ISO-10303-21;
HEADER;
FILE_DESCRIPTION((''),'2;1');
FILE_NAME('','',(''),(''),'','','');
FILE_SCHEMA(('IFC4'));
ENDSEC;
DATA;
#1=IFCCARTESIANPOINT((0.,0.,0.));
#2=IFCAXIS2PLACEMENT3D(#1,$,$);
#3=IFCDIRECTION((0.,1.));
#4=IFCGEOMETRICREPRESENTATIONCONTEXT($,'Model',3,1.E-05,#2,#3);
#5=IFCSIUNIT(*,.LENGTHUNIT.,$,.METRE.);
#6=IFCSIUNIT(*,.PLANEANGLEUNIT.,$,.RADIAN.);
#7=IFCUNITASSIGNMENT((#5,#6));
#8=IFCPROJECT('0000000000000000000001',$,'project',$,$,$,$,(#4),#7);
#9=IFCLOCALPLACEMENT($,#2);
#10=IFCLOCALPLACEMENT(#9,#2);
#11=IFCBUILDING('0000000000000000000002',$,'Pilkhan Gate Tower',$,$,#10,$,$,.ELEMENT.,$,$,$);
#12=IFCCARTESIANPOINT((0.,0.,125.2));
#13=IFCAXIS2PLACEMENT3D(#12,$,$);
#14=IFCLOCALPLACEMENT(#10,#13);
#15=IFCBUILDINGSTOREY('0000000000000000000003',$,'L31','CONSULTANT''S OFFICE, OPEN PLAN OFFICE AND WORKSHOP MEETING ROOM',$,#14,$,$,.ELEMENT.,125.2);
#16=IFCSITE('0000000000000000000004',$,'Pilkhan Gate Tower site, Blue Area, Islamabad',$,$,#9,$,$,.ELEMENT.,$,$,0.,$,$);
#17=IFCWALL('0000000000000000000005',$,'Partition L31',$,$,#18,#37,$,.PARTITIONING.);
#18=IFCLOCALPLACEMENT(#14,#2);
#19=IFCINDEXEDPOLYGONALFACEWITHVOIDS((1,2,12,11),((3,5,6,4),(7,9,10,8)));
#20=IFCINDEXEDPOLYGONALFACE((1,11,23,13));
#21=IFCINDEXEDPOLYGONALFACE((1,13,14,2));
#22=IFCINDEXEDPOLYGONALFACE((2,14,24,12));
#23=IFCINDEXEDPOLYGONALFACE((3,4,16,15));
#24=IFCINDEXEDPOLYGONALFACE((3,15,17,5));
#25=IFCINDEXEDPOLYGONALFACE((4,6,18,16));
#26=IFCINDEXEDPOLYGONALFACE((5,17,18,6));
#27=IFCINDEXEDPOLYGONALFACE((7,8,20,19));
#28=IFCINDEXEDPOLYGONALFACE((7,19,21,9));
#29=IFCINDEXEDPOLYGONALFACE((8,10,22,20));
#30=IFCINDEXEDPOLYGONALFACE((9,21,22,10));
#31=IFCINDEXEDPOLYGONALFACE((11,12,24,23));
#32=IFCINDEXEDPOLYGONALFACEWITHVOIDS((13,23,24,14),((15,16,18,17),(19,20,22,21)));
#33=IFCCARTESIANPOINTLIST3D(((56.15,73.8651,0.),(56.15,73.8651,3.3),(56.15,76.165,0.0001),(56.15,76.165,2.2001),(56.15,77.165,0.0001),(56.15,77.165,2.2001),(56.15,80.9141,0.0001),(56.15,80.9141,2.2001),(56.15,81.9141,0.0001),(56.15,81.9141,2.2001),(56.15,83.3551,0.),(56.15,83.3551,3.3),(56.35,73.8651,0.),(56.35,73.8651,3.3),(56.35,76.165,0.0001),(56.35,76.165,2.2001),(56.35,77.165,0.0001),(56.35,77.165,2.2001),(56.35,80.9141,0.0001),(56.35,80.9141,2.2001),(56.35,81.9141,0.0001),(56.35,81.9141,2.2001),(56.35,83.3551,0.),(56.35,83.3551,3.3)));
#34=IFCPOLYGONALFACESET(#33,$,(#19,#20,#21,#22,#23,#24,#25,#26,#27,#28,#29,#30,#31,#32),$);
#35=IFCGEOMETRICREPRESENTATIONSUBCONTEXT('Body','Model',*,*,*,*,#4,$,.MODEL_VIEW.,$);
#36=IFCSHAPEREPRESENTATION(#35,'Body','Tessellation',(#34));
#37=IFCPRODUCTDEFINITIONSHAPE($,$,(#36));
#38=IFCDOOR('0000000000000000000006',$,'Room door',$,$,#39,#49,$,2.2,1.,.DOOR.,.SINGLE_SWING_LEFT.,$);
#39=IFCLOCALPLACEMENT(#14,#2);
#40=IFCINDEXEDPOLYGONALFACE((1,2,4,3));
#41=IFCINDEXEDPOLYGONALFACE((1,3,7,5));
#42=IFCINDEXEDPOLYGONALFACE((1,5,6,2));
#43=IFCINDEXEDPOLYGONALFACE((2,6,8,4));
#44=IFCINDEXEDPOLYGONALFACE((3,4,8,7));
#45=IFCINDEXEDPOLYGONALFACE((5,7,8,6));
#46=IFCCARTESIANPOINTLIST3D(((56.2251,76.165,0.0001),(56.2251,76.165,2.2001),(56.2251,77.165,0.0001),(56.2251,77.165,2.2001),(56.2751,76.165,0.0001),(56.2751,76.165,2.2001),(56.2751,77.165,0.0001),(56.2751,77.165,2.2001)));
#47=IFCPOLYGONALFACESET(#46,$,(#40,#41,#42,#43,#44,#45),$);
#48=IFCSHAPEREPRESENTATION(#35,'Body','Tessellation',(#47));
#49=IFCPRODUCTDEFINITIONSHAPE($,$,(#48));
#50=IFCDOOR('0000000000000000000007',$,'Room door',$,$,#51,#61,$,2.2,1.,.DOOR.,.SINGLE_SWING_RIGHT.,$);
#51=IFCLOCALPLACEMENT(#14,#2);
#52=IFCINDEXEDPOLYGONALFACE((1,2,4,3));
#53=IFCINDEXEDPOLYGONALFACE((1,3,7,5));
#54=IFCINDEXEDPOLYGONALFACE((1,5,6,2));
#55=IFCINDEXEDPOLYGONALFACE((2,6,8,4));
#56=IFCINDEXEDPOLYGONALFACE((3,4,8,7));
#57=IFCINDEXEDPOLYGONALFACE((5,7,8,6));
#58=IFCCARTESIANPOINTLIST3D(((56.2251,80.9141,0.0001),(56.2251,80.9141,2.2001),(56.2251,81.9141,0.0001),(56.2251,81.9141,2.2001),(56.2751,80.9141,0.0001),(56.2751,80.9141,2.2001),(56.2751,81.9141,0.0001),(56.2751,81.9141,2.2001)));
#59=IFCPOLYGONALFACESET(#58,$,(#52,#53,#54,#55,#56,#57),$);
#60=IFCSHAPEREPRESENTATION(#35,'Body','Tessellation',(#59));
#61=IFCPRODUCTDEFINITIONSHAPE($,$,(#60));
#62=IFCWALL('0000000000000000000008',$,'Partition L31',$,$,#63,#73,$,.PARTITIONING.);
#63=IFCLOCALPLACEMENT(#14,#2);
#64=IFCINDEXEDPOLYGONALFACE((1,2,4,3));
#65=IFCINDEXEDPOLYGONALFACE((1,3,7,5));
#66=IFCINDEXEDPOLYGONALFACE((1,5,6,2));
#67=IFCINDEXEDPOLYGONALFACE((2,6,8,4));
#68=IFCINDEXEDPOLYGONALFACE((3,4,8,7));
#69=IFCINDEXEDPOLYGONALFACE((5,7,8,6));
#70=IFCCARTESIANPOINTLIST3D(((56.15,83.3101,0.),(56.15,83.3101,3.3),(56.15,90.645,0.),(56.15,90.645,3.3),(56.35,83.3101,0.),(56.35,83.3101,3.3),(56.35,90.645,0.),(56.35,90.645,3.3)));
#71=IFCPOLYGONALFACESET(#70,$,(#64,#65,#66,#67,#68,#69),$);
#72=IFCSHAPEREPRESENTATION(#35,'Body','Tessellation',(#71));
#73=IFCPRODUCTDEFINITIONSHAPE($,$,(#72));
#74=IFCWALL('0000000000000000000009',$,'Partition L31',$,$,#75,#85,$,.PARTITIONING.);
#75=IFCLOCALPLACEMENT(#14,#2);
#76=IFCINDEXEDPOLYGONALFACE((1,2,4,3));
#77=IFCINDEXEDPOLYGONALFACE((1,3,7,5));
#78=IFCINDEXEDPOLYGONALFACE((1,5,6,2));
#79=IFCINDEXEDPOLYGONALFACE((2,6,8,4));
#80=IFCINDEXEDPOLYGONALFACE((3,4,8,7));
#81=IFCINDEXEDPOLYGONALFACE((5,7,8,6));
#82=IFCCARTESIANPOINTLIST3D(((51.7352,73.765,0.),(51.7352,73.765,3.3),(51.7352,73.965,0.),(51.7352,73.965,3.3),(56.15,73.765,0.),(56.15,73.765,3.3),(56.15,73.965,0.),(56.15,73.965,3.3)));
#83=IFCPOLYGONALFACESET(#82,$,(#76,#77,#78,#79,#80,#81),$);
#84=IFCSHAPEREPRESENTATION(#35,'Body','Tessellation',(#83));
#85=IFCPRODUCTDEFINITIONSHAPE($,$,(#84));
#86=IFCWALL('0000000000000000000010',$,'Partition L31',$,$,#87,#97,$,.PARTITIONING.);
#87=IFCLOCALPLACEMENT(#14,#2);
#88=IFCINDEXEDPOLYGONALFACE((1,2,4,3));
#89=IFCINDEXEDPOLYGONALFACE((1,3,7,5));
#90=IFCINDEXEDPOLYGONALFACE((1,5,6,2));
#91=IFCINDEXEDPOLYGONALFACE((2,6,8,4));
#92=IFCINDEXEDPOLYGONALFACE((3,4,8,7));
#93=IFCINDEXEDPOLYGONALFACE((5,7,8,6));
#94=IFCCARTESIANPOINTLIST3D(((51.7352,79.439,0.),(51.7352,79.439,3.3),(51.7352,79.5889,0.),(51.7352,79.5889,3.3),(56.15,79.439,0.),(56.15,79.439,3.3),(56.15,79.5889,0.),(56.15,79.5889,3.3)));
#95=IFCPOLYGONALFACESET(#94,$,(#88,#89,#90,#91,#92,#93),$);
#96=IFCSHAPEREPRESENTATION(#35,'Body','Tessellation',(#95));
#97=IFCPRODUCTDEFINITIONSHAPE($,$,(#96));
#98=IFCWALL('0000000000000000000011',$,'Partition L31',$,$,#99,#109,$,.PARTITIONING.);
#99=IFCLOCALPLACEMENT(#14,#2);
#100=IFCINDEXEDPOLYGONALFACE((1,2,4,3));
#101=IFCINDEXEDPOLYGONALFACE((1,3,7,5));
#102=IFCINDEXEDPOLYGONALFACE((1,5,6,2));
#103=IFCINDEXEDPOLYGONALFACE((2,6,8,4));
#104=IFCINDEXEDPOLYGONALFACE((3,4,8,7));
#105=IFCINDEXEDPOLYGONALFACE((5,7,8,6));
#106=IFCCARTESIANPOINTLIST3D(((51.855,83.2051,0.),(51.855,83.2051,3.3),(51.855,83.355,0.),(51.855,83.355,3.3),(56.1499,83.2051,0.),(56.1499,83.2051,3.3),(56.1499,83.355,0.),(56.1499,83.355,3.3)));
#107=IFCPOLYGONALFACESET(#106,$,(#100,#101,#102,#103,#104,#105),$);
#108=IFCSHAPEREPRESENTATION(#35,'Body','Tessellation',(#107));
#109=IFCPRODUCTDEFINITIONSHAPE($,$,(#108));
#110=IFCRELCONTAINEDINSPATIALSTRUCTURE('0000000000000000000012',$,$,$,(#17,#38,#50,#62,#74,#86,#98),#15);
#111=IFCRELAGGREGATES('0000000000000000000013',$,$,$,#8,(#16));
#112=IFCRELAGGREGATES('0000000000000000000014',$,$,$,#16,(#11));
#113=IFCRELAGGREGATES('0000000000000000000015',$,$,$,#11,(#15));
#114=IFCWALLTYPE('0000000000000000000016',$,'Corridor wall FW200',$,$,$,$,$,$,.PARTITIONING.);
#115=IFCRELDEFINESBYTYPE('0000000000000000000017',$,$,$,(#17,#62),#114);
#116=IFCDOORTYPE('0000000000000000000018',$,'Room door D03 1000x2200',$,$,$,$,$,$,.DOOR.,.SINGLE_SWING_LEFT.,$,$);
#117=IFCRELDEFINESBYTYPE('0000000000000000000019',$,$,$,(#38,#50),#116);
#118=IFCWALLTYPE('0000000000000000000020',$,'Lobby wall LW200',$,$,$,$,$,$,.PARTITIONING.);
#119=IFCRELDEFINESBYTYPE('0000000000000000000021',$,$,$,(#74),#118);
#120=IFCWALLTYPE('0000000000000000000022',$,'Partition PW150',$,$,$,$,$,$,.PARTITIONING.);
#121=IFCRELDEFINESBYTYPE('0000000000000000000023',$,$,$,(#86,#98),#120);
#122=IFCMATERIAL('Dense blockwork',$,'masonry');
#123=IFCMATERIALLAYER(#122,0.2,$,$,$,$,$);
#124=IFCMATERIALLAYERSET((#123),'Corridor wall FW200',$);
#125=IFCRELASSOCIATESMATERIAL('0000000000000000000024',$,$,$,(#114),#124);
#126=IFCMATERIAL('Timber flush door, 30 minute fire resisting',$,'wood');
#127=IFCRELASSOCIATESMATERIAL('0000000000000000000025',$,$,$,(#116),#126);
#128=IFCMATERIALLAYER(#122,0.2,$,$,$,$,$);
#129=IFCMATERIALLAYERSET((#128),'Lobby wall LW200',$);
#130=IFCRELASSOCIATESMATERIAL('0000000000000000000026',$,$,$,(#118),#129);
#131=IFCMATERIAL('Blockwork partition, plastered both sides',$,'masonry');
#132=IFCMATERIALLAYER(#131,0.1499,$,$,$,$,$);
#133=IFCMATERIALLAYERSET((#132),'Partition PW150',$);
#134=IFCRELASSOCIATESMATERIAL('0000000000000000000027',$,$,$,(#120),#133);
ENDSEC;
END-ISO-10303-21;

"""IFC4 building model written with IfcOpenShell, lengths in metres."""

from ifc_helpers import new_model, si_unit, direction, frame, frame_2d, origin, place, context, subcontext, project, spatial, rectangle, extrude, material, layer, layer_set, type_object, element, fill, save


model = new_model("IFC4")

# Units and contexts
model_context = context("Model", 3, precision=1e-05, world=origin(), true_north=direction((0.0, 1.0)))
body_context = subcontext(model_context, "Body", "Model", "MODEL_VIEW")
ifc_project = project(units=[si_unit("LENGTHUNIT", "METRE"), si_unit("PLANEANGLEUNIT", "RADIAN")], contexts=[model_context])

# Site, building, storey
site_placement = place(None, origin())
site = spatial("IfcSite", under=ifc_project, at=site_placement, Name="Pilkhan Gate Tower site, Blue Area, Islamabad", CompositionType="ELEMENT", RefElevation=0.0)
building_placement = place(site_placement, origin())
building = spatial("IfcBuilding", under=site, at=building_placement, Name="Pilkhan Gate Tower", CompositionType="ELEMENT")
storey_placement = place(building_placement, frame((0.0, 0.0, 125.2)))
storey = spatial("IfcBuildingStorey", under=building, at=storey_placement, Name="L31", Description="CONSULTANT'S OFFICE, OPEN PLAN OFFICE AND WORKSHOP MEETING ROOM", CompositionType="ELEMENT", Elevation=125.2)

# Wall, openings, doors
ifc_material_1 = material(Name="Dense blockwork", Category="masonry")
ifc_layer_1 = layer(ifc_material_1, 0.2)
ifc_layer_set_1 = layer_set([ifc_layer_1], Name="Corridor wall FW200")
wall_type_1 = type_object("IfcWallType", Name="Corridor wall FW200", PredefinedType="PARTITIONING", material=ifc_layer_set_1)
wall_1_placement = place(storey_placement, frame((56.25, 73.865, 0.0), z_axis=(0.0, 0.0, 1.0), x_axis=(0.0, 1.0, 0.0)))
wall_1 = element("IfcWall", 1, at=wall_1_placement, inside=storey, type_object=wall_type_1, Name="Partition L31", PredefinedType="PARTITIONING", context=body_context, shape_type="SweptSolid", body=[
    extrude(rectangle(XDim=9.49, YDim=0.2, at=frame_2d((4.7451, 0.0))), origin(), (0.0, 0.0, 1.0), 3.3),
])
opening_1_placement = place(wall_1_placement, frame((2.3, 0.0, 0.0)))
opening_1 = element("IfcOpeningElement", 2, at=opening_1_placement, cuts=wall_1, PredefinedType="OPENING", context=body_context, shape_type="SweptSolid", body=[
    extrude(rectangle(XDim=1.0, YDim=2.2, at=frame_2d((0.5, 1.1001))), frame((0.0, 0.1099, 0.0), z_axis=(0.0, -1.0, 0.0), x_axis=(1.0, 0.0, 0.0)), (0.0, 0.0, 1.0), 0.22),
])
opening_2_placement = place(wall_1_placement, frame((7.0491, 0.0, 0.0)))
opening_2 = element("IfcOpeningElement", 3, at=opening_2_placement, cuts=wall_1, PredefinedType="OPENING", context=body_context, shape_type="SweptSolid", body=[
    extrude(rectangle(XDim=1.0, YDim=2.2, at=frame_2d((0.5, 1.1001))), frame((0.0, 0.1099, 0.0), z_axis=(0.0, -1.0, 0.0), x_axis=(1.0, 0.0, 0.0)), (0.0, 0.0, 1.0), 0.22),
])
ifc_material_2 = material(Name="Timber flush door, 30 minute fire resisting", Category="wood")
door_type = type_object("IfcDoorType", Name="Room door D03 1000x2200", OperationType="SINGLE_SWING_LEFT", PredefinedType="DOOR", material=ifc_material_2)
door_1_placement = place(opening_1_placement, origin())
door_1 = element("IfcDoor", 4, at=door_1_placement, inside=storey, type_object=door_type, Name="Room door", OperationType="SINGLE_SWING_LEFT", OverallHeight=2.2, OverallWidth=1.0, PredefinedType="DOOR", context=body_context, shape_type="SweptSolid", body=[
    extrude(rectangle(XDim=1.0, YDim=2.2, at=frame_2d((0.5, 1.1001))), frame((0.0, 0.0249, 0.0), z_axis=(0.0, -1.0, 0.0), x_axis=(1.0, 0.0, 0.0)), (0.0, 0.0, 1.0), 0.05),
])
fill(opening_1, door_1)
door_2_placement = place(opening_2_placement, origin())
door_2 = element("IfcDoor", 5, at=door_2_placement, inside=storey, type_object=door_type, Name="Room door", OperationType="SINGLE_SWING_RIGHT", OverallHeight=2.2, OverallWidth=1.0, PredefinedType="DOOR", context=body_context, shape_type="SweptSolid", body=[
    extrude(rectangle(XDim=1.0, YDim=2.2, at=frame_2d((0.5, 1.1001))), frame((0.0, 0.0249, 0.0), z_axis=(0.0, -1.0, 0.0), x_axis=(1.0, 0.0, 0.0)), (0.0, 0.0, 1.0), 0.05),
])
fill(opening_2, door_2)

# Walls
wall_2_placement = place(storey_placement, frame((56.25, 83.3101, 0.0), z_axis=(0.0, 0.0, 1.0), x_axis=(0.0, 1.0, 0.0)))
element("IfcWall", 6, at=wall_2_placement, inside=storey, type_object=wall_type_1, Name="Partition L31", PredefinedType="PARTITIONING", context=body_context, shape_type="SweptSolid", body=[
    extrude(rectangle(XDim=7.335, YDim=0.2, at=frame_2d((3.6675, 0.0))), origin(), (0.0, 0.0, 1.0), 3.3),
])
ifc_layer_2 = layer(ifc_material_1, 0.2)
ifc_layer_set_2 = layer_set([ifc_layer_2], Name="Lobby wall LW200")
wall_type_2 = type_object("IfcWallType", Name="Lobby wall LW200", PredefinedType="PARTITIONING", material=ifc_layer_set_2)
wall_3_placement = place(storey_placement, frame((51.7351, 73.865, 0.0), z_axis=(0.0, 0.0, 1.0), x_axis=(1.0, 0.0, 0.0)))
element("IfcWall", 7, at=wall_3_placement, inside=storey, type_object=wall_type_2, Name="Partition L31", PredefinedType="PARTITIONING", context=body_context, shape_type="SweptSolid", body=[
    extrude(rectangle(XDim=4.4148, YDim=0.2, at=frame_2d((2.2075, 0.0))), origin(), (0.0, 0.0, 1.0), 3.3),
])
ifc_material_3 = material(Name="Blockwork partition, plastered both sides", Category="masonry")
ifc_layer_3 = layer(ifc_material_3, 0.1499)
ifc_layer_set_3 = layer_set([ifc_layer_3], Name="Partition PW150")
wall_type_3 = type_object("IfcWallType", Name="Partition PW150", PredefinedType="PARTITIONING", material=ifc_layer_set_3)
wall_4_placement = place(storey_placement, frame((51.7351, 79.5139, 0.0), z_axis=(0.0, 0.0, 1.0), x_axis=(1.0, 0.0, 0.0)))
element("IfcWall", 8, at=wall_4_placement, inside=storey, type_object=wall_type_3, Name="Partition L31", PredefinedType="PARTITIONING", context=body_context, shape_type="SweptSolid", body=[
    extrude(rectangle(XDim=4.4148, YDim=0.1499, at=frame_2d((2.2075, 0.0))), origin(), (0.0, 0.0, 1.0), 3.3),
])
wall_5_placement = place(storey_placement, frame((51.855, 83.28, 0.0), z_axis=(0.0, 0.0, 1.0), x_axis=(1.0, 0.0, 0.0)))
element("IfcWall", 9, at=wall_5_placement, inside=storey, type_object=wall_type_3, Name="Partition L31", PredefinedType="PARTITIONING", context=body_context, shape_type="SweptSolid", body=[
    extrude(rectangle(XDim=4.2949, YDim=0.1499, at=frame_2d((2.1475, 0.0))), origin(), (0.0, 0.0, 1.0), 3.3),
])

save(model, "model.ifc")
